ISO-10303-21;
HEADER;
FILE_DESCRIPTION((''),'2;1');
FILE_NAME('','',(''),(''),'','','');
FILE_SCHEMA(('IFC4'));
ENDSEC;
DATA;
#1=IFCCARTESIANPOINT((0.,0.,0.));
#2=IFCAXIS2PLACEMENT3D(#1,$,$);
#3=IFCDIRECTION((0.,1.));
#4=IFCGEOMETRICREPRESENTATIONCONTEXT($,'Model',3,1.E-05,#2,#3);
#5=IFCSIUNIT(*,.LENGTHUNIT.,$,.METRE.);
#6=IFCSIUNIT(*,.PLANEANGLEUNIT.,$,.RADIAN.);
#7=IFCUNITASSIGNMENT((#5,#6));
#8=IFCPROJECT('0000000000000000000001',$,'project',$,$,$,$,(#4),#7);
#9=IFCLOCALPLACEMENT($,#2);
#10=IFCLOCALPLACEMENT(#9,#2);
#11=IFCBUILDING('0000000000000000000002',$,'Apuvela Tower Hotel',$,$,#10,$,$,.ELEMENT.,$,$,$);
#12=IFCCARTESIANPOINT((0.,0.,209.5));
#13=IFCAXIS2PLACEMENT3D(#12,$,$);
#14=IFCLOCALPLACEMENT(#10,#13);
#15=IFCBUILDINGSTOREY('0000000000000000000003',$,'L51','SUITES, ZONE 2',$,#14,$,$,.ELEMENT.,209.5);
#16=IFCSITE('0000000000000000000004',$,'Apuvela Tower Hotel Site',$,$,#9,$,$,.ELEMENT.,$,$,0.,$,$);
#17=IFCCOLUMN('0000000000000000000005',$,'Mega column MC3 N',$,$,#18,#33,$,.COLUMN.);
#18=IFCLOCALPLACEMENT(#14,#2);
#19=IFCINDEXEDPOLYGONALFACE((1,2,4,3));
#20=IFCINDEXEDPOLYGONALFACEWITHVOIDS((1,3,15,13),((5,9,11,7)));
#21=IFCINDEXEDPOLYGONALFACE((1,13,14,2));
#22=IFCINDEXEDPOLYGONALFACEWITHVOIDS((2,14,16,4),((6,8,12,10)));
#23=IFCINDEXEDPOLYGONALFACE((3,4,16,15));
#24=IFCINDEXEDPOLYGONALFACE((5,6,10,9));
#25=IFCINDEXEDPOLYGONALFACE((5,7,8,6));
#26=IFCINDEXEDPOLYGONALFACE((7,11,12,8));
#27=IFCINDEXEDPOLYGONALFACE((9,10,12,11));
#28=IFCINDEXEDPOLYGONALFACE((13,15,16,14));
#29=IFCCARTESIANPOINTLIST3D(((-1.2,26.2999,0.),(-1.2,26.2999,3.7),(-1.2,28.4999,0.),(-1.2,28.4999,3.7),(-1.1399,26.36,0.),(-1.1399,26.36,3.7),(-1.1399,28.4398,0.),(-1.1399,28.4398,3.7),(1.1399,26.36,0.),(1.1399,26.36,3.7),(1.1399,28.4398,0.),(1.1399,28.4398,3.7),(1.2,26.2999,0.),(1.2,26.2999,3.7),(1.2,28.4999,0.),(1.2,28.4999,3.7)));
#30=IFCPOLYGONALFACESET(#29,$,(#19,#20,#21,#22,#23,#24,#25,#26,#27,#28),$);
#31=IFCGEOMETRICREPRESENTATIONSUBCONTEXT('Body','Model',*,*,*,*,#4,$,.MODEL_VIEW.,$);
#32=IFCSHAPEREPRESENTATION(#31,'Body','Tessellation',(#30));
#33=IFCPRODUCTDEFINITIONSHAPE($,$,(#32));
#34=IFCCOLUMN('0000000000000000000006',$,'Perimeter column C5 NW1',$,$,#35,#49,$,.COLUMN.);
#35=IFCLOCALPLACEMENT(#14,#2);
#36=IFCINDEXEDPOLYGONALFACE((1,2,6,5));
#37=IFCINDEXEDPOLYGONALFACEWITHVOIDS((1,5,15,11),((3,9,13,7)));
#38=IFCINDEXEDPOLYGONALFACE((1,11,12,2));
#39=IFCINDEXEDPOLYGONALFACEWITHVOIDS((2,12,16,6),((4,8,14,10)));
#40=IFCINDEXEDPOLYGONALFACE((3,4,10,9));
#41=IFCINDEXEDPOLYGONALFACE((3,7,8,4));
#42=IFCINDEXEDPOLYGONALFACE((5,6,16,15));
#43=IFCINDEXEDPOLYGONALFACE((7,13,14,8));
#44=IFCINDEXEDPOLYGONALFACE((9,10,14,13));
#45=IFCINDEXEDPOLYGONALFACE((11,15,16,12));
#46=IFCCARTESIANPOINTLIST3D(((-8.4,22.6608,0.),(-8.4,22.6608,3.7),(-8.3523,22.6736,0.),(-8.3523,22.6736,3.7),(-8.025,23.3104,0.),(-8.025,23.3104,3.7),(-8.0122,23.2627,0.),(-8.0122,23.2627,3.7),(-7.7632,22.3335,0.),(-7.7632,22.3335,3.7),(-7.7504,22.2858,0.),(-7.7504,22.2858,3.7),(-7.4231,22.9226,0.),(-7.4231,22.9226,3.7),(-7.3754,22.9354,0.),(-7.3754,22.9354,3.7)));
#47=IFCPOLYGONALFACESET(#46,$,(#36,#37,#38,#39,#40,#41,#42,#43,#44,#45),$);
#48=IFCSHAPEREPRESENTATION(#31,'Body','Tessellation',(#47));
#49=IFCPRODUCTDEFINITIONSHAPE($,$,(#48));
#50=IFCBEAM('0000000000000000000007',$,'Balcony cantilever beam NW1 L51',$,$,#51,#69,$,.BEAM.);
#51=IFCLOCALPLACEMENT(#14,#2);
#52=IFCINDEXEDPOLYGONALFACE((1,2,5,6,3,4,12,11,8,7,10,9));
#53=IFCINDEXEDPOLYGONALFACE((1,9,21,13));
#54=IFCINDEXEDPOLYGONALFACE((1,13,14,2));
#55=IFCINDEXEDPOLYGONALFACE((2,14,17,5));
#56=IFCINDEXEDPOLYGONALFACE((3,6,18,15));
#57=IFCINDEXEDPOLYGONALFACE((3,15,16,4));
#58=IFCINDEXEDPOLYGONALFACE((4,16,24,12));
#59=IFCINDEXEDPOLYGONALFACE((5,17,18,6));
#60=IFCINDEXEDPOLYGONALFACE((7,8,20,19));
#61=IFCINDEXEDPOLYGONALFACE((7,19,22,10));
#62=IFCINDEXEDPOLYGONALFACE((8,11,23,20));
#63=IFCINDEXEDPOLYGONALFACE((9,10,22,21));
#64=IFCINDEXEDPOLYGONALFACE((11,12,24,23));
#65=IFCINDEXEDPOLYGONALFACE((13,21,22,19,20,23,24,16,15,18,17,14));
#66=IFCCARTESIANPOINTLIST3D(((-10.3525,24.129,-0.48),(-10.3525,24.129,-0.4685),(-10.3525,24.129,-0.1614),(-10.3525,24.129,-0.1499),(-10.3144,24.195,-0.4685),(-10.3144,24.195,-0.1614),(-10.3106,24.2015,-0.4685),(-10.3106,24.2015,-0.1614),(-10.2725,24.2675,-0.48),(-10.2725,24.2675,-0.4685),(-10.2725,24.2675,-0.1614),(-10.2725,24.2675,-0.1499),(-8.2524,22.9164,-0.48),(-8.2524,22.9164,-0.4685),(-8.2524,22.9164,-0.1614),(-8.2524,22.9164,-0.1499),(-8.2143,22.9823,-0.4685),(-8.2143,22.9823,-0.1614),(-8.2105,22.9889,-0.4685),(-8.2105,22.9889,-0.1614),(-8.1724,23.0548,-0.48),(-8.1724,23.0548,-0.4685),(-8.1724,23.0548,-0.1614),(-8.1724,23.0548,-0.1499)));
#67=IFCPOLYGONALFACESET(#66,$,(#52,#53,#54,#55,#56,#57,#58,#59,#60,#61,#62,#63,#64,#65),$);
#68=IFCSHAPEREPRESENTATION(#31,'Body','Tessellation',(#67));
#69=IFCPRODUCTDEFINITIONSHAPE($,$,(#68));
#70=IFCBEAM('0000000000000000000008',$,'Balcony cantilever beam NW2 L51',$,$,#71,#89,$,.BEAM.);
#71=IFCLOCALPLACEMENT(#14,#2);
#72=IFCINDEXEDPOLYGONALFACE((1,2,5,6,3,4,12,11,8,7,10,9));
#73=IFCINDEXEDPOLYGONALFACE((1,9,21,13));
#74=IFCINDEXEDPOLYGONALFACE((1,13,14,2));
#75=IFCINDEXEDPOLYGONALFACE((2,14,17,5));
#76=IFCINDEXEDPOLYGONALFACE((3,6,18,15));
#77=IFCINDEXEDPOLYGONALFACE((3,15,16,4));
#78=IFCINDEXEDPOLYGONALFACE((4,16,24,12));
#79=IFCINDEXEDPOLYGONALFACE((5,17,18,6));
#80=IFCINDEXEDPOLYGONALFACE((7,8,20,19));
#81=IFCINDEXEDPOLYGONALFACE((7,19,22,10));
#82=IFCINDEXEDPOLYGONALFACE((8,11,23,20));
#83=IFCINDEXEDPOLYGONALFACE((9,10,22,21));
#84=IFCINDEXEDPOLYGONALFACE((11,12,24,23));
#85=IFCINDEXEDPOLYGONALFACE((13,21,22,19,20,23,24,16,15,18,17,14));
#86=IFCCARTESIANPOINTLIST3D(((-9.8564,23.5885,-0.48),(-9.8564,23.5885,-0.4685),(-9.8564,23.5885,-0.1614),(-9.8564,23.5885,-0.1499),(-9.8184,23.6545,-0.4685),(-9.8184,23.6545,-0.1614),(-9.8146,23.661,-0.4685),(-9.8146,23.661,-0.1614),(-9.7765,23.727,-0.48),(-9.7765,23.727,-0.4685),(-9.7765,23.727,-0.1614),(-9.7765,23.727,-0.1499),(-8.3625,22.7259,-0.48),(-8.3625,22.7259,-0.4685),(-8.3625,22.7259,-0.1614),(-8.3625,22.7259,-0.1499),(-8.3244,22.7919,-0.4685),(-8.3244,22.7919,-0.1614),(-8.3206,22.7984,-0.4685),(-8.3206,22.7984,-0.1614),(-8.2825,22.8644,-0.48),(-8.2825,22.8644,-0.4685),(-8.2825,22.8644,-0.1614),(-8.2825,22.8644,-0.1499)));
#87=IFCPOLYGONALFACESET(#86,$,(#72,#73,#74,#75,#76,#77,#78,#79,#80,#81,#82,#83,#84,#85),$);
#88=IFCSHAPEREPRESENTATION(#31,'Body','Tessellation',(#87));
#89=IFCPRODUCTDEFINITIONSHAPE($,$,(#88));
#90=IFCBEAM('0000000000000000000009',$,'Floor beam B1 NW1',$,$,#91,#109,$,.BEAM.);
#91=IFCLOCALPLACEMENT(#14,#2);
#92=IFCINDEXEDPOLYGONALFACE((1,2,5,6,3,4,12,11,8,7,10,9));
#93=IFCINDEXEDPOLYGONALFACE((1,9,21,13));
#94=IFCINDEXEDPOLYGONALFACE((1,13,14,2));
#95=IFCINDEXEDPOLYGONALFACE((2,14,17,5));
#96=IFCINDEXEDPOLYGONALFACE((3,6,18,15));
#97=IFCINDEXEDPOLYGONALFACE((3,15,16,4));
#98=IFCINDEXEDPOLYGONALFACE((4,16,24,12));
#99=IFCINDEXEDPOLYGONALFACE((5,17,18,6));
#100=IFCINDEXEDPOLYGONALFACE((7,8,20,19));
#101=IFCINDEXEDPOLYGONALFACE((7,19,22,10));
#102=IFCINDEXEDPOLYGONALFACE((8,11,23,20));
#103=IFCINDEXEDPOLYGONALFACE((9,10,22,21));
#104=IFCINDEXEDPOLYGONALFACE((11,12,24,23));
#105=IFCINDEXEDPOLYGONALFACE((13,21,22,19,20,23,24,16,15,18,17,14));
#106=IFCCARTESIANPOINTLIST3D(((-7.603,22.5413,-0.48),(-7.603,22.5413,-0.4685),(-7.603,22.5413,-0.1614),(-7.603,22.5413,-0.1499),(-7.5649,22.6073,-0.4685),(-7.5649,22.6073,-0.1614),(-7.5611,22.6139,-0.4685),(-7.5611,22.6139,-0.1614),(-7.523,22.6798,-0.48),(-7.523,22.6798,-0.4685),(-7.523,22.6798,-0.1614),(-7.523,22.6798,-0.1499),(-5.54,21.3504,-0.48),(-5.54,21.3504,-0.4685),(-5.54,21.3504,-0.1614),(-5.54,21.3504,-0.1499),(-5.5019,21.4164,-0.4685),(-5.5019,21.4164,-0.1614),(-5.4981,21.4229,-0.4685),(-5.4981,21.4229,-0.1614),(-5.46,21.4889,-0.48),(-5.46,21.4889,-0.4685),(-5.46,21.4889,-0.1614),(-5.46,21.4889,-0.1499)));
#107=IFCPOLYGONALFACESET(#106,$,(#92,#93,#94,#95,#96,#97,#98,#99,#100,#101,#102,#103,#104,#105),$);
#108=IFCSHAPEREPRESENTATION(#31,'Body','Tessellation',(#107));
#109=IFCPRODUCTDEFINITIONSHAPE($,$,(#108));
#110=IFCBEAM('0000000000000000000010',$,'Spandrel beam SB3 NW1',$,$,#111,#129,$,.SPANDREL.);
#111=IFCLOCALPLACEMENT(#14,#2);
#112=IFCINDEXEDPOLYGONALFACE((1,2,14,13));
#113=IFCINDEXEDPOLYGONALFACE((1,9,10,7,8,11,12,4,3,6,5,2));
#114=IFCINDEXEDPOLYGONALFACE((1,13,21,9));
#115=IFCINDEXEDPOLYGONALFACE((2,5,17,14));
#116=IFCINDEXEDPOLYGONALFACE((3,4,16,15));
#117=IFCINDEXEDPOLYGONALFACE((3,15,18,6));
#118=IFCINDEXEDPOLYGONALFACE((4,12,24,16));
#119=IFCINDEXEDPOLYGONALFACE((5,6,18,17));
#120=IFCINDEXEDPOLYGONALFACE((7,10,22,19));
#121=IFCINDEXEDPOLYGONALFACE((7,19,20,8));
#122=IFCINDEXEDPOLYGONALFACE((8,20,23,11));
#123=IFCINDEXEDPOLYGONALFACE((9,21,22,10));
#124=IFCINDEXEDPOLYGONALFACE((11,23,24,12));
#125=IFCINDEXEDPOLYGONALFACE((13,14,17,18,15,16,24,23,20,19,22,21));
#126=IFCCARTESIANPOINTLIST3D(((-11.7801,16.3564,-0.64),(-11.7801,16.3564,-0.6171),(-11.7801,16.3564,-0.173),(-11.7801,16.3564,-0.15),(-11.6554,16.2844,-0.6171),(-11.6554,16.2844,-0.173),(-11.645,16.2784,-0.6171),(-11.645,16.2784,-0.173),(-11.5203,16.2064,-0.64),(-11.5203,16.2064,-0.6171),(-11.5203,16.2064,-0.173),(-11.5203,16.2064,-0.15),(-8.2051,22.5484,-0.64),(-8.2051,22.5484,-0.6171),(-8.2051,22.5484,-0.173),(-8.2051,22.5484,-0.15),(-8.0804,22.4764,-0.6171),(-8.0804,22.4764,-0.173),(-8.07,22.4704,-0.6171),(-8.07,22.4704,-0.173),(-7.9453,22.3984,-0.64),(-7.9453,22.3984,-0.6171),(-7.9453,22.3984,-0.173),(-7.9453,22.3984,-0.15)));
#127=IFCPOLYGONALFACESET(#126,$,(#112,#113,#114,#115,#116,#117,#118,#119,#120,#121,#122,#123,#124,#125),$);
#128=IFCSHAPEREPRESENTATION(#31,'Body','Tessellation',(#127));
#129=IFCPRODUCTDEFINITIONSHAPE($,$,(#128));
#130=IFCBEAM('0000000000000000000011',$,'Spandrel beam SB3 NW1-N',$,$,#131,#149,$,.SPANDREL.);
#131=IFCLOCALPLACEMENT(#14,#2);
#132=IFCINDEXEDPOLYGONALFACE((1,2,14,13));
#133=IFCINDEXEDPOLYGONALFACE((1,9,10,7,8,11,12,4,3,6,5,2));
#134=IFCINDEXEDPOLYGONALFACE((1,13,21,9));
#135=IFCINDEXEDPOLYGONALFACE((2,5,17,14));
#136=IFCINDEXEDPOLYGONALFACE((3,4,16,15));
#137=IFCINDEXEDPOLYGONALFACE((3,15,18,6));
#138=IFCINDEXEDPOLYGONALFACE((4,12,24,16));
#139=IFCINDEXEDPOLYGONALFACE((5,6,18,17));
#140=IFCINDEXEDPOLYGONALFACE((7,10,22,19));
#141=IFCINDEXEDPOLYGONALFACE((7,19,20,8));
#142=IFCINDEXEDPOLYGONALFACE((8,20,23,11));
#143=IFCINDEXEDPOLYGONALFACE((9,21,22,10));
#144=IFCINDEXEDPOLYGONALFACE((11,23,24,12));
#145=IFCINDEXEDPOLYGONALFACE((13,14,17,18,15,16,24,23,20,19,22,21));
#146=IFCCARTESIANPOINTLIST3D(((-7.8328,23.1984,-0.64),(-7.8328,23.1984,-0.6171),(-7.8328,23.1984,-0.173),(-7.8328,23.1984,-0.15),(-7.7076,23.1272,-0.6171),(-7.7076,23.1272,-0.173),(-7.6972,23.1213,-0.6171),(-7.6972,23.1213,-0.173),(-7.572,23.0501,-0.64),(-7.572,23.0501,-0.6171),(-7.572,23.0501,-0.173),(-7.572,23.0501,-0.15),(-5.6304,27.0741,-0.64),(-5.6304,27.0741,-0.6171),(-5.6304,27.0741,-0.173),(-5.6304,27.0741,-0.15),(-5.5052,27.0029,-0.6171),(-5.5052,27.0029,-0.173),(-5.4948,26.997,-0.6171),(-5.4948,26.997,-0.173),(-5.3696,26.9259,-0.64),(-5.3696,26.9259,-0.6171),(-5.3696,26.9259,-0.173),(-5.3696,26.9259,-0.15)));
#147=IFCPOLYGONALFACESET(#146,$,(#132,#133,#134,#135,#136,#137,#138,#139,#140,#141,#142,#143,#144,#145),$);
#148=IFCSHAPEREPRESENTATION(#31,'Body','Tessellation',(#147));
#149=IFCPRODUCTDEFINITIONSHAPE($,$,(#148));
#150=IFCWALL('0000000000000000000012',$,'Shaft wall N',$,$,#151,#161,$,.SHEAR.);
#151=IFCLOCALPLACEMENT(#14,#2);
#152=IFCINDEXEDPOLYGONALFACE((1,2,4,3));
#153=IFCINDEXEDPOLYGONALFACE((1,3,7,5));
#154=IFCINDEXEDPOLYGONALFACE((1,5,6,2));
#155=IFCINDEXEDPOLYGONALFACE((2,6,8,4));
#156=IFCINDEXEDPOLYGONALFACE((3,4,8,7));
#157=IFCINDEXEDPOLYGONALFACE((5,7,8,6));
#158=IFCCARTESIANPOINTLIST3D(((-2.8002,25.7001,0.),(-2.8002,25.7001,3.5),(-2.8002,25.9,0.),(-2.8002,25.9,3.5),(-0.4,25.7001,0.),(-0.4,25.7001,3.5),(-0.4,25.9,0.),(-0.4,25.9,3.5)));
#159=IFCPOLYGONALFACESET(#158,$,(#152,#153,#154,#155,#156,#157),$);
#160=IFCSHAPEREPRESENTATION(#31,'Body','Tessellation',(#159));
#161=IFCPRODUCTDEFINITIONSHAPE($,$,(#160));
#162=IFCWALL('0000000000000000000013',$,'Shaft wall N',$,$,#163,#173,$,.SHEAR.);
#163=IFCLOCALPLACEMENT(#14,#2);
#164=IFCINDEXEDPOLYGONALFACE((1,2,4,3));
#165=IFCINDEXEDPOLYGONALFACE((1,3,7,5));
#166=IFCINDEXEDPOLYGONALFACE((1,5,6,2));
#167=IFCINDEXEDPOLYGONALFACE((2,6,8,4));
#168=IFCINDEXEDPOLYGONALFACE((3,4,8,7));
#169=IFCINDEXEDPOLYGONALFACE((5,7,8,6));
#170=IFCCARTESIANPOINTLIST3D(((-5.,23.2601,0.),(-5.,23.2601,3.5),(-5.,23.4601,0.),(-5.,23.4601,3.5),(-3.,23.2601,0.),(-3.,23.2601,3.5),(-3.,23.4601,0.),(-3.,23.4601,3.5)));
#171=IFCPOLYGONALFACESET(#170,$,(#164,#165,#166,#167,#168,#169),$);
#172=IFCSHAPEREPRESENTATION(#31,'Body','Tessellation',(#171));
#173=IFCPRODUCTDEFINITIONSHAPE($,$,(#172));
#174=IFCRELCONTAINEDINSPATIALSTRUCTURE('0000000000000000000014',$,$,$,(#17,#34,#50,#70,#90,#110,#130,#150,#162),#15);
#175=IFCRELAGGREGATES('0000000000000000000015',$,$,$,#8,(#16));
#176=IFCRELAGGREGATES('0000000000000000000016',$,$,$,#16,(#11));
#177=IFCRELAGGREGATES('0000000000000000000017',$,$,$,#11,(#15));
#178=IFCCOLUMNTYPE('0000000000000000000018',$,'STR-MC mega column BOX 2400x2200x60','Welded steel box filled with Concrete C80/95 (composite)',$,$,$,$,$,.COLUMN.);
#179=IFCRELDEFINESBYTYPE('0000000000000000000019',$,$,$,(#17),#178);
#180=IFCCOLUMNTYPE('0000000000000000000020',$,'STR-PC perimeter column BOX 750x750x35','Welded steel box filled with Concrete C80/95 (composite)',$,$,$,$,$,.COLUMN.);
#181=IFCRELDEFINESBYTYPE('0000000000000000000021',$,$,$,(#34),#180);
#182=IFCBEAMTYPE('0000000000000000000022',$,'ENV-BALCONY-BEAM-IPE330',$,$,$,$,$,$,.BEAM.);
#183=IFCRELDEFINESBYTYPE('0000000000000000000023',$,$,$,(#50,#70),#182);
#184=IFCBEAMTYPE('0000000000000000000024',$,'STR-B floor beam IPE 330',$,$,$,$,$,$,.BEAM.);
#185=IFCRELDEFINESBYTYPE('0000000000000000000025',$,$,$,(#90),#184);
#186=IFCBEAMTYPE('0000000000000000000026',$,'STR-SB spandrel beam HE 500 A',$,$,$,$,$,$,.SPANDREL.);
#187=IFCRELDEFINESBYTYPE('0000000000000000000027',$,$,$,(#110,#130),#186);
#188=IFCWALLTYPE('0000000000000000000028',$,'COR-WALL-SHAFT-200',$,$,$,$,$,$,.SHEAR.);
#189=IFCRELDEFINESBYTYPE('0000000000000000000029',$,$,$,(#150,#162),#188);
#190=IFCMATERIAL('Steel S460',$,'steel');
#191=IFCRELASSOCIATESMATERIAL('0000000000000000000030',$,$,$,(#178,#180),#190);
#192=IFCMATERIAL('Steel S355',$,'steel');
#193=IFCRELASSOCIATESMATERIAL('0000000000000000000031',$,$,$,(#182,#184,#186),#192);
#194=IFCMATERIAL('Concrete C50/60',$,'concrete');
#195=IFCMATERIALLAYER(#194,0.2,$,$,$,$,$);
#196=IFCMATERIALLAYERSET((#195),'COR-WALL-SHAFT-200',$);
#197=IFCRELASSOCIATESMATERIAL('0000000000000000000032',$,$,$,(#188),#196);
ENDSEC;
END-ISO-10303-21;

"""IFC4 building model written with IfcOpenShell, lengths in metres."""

from ifc_helpers import new_model, si_unit, direction, frame, frame_2d, origin, origin_2d, place, context, subcontext, project, spatial, rectangle, hollow_rectangle, i_section, extrude, material, layer, layer_set, material_profile, profile_set, type_object, element, save


model = new_model("IFC4")

# Units and contexts
model_context = context("Model", 3, precision=1e-05, world=origin(), true_north=direction((0.0, 1.0)))
body_context = subcontext(model_context, "Body", "Model", "MODEL_VIEW")
ifc_project = project(units=[si_unit("LENGTHUNIT", "METRE"), si_unit("PLANEANGLEUNIT", "RADIAN")], contexts=[model_context])

# Site, building, storey
site_placement = place(None, origin())
site = spatial("IfcSite", under=ifc_project, at=site_placement, Name="Apuvela Tower Hotel Site", CompositionType="ELEMENT", RefElevation=0.0)
building_placement = place(site_placement, origin())
building = spatial("IfcBuilding", under=site, at=building_placement, Name="Apuvela Tower Hotel", CompositionType="ELEMENT")
storey_placement = place(building_placement, frame((0.0, 0.0, 209.5)))
storey = spatial("IfcBuildingStorey", under=building, at=storey_placement, Name="L51", Description="SUITES, ZONE 2", CompositionType="ELEMENT", Elevation=209.5)

# Columns
ifc_material_1 = material(Name="Steel S460", Category="steel")
ifc_material_profile_1 = material_profile(ifc_material_1, hollow_rectangle(XDim=2.3999, YDim=2.2, WallThickness=0.0601, at=origin_2d()), Name="BOX 2400x2200x60")
ifc_material_2 = material(Name="Concrete C80/95", Category="concrete")
ifc_material_profile_2 = material_profile(ifc_material_2, rectangle(XDim=2.28, YDim=2.0801, at=origin_2d()), Name="Concrete C80/95 infill")
ifc_profile_set_1 = profile_set([ifc_material_profile_1, ifc_material_profile_2], Name="Steel S460")
column_type_1 = type_object("IfcColumnType", Name="STR-MC mega column BOX 2400x2200x60", Description="Welded steel box filled with Concrete C80/95 (composite)", PredefinedType="COLUMN", material=ifc_profile_set_1)
column_1_placement = place(storey_placement, frame((0.0, 27.3999, 0.0), z_axis=(0.0, 0.0, 1.0), x_axis=(1.0, 0.0, 0.0)))
element("IfcColumn", 1, at=column_1_placement, inside=storey, type_object=column_type_1, Name="Mega column MC3 N", PredefinedType="COLUMN", context=body_context, shape_type="SweptSolid", body=[
    extrude(hollow_rectangle(XDim=2.3999, YDim=2.2, WallThickness=0.0601, at=origin_2d()), origin(), (0.0, 0.0, 1.0), 3.7),
])
ifc_material_profile_3 = material_profile(ifc_material_1, hollow_rectangle(XDim=0.75, YDim=0.75, WallThickness=0.0349, at=origin_2d()), Name="BOX 750x750x35")
ifc_material_profile_4 = material_profile(ifc_material_2, rectangle(XDim=0.6799, YDim=0.6799, at=origin_2d()), Name="Concrete C80/95 infill")
ifc_profile_set_2 = profile_set([ifc_material_profile_3, ifc_material_profile_4], Name="Steel S460")
column_type_2 = type_object("IfcColumnType", Name="STR-PC perimeter column BOX 750x750x35", Description="Welded steel box filled with Concrete C80/95 (composite)", PredefinedType="COLUMN", material=ifc_profile_set_2)
column_2_placement = place(storey_placement, frame((-7.8877, 22.7981, 0.0), z_axis=(0.0, 0.0, 1.0), x_axis=(0.5, 0.866025, 0.0)))
element("IfcColumn", 2, at=column_2_placement, inside=storey, type_object=column_type_2, Name="Perimeter column C5 NW1", PredefinedType="COLUMN", context=body_context, shape_type="SweptSolid", body=[
    extrude(hollow_rectangle(XDim=0.75, YDim=0.75, WallThickness=0.0349, at=origin_2d()), origin(), (0.0, 0.0, 1.0), 3.7),
])

# Beams
ifc_material_3 = material(Name="Steel S355", Category="steel")
ifc_material_profile_5 = material_profile(ifc_material_3, i_section(OverallWidth=0.1599, OverallDepth=0.3301, WebThickness=0.0076, FlangeThickness=0.0115, at=origin_2d()), Name="IPE 330")
ifc_profile_set_3 = profile_set([ifc_material_profile_5], Name="Steel S355")
beam_type_1 = type_object("IfcBeamType", Name="ENV-BALCONY-BEAM-IPE330", PredefinedType="BEAM", material=ifc_profile_set_3)
beam_1_placement = place(storey_placement, frame((-8.2124, 22.9856, -0.3149), z_axis=(-0.865998, 0.500048, 0.0), x_axis=(-0.500048, -0.865998, 0.0)))
element("IfcBeam", 3, at=beam_1_placement, inside=storey, type_object=beam_type_1, Name="Balcony cantilever beam NW1 L51", PredefinedType="BEAM", context=body_context, shape_type="SweptSolid", body=[
    extrude(i_section(OverallWidth=0.1599, OverallDepth=0.3301, WebThickness=0.0076, FlangeThickness=0.0115, at=origin_2d()), origin(), (0.0, 0.0, 1.0), 2.425),
])
beam_2_placement = place(storey_placement, frame((-8.3225, 22.7952, -0.3149), z_axis=(-0.866014, 0.500021, 0.0), x_axis=(-0.500021, -0.866014, 0.0)))
element("IfcBeam", 4, at=beam_2_placement, inside=storey, type_object=beam_type_1, Name="Balcony cantilever beam NW2 L51", PredefinedType="BEAM", context=body_context, shape_type="SweptSolid", body=[
    extrude(i_section(OverallWidth=0.1599, OverallDepth=0.3301, WebThickness=0.0076, FlangeThickness=0.0115, at=origin_2d()), origin(), (0.0, 0.0, 1.0), 1.7251),
])
ifc_material_profile_6 = material_profile(ifc_material_3, i_section(OverallWidth=0.1599, OverallDepth=0.3301, WebThickness=0.0076, FlangeThickness=0.0115, at=origin_2d()), Name="IPE 330")
ifc_profile_set_4 = profile_set([ifc_material_profile_6], Name="Steel S355")
beam_type_2 = type_object("IfcBeamType", Name="STR-B floor beam IPE 330", PredefinedType="BEAM", material=ifc_profile_set_4)
beam_3_placement = place(storey_placement, frame((-7.563, 22.6106, -0.3149), z_axis=(0.866052, -0.499953, 0.0), x_axis=(0.499953, 0.866052, 0.0)))
element("IfcBeam", 5, at=beam_3_placement, inside=storey, type_object=beam_type_2, Name="Floor beam B1 NW1", PredefinedType="BEAM", context=body_context, shape_type="SweptSolid", body=[
    extrude(i_section(OverallWidth=0.1599, OverallDepth=0.3301, WebThickness=0.0076, FlangeThickness=0.0115, at=origin_2d()), origin(), (0.0, 0.0, 1.0), 2.3821),
])
ifc_material_profile_7 = material_profile(ifc_material_3, i_section(OverallWidth=0.3, OverallDepth=0.49, WebThickness=0.012, FlangeThickness=0.0229, at=origin_2d()), Name="HE 500 A")
ifc_profile_set_5 = profile_set([ifc_material_profile_7], Name="Steel S355")
beam_type_3 = type_object("IfcBeamType", Name="STR-SB spandrel beam HE 500 A", PredefinedType="SPANDREL", material=ifc_profile_set_5)
beam_4_placement = place(storey_placement, frame((-8.0752, 22.4734, -0.395), z_axis=(-0.500006, -0.866022, 0.0), x_axis=(0.866022, -0.500006, 0.0)))
element("IfcBeam", 6, at=beam_4_placement, inside=storey, type_object=beam_type_3, Name="Spandrel beam SB3 NW1", PredefinedType="SPANDREL", context=body_context, shape_type="SweptSolid", body=[
    extrude(i_section(OverallWidth=0.3, OverallDepth=0.49, WebThickness=0.012, FlangeThickness=0.0229, at=origin_2d()), origin(), (0.0, 0.0, 1.0), 7.1499),
])
beam_5_placement = place(storey_placement, frame((-7.7024, 23.1243, -0.395), z_axis=(0.494056, 0.86943, 0.0), x_axis=(-0.86943, 0.494056, 0.0)))
element("IfcBeam", 7, at=beam_5_placement, inside=storey, type_object=beam_type_3, Name="Spandrel beam SB3 NW1-N", PredefinedType="SPANDREL", context=body_context, shape_type="SweptSolid", body=[
    extrude(i_section(OverallWidth=0.3, OverallDepth=0.49, WebThickness=0.012, FlangeThickness=0.0229, at=origin_2d()), origin(), (0.0, 0.0, 1.0), 4.4578),
])

# Walls
ifc_material_4 = material(Name="Concrete C50/60", Category="concrete")
ifc_layer_1 = layer(ifc_material_4, 0.2)
ifc_layer_set_1 = layer_set([ifc_layer_1], Name="COR-WALL-SHAFT-200")
wall_type_1 = type_object("IfcWallType", Name="COR-WALL-SHAFT-200", PredefinedType="SHEAR", material=ifc_layer_set_1)
wall_1_placement = place(storey_placement, frame((-0.3999, 25.8, 0.0), z_axis=(0.0, 0.0, 1.0), x_axis=(-1.0, 0.0, 0.0)))
element("IfcWall", 8, at=wall_1_placement, inside=storey, type_object=wall_type_1, Name="Shaft wall N", PredefinedType="SHEAR", context=body_context, shape_type="SweptSolid", body=[
    extrude(rectangle(XDim=2.4001, YDim=0.2, at=frame_2d((1.2002, 0.0))), origin(), (0.0, 0.0, 1.0), 3.5),
])
wall_2_placement = place(storey_placement, frame((-3.0, 23.3601, 0.0), z_axis=(0.0, 0.0, 1.0), x_axis=(-1.0, 0.0, 0.0)))
element("IfcWall", 9, at=wall_2_placement, inside=storey, type_object=wall_type_1, Name="Shaft wall N", PredefinedType="SHEAR", context=body_context, shape_type="SweptSolid", body=[
    extrude(rectangle(XDim=2.0, YDim=0.2, at=frame_2d((1.0, 0.0))), origin(), (0.0, 0.0, 1.0), 3.5),
])

save(model, "model.ifc")
